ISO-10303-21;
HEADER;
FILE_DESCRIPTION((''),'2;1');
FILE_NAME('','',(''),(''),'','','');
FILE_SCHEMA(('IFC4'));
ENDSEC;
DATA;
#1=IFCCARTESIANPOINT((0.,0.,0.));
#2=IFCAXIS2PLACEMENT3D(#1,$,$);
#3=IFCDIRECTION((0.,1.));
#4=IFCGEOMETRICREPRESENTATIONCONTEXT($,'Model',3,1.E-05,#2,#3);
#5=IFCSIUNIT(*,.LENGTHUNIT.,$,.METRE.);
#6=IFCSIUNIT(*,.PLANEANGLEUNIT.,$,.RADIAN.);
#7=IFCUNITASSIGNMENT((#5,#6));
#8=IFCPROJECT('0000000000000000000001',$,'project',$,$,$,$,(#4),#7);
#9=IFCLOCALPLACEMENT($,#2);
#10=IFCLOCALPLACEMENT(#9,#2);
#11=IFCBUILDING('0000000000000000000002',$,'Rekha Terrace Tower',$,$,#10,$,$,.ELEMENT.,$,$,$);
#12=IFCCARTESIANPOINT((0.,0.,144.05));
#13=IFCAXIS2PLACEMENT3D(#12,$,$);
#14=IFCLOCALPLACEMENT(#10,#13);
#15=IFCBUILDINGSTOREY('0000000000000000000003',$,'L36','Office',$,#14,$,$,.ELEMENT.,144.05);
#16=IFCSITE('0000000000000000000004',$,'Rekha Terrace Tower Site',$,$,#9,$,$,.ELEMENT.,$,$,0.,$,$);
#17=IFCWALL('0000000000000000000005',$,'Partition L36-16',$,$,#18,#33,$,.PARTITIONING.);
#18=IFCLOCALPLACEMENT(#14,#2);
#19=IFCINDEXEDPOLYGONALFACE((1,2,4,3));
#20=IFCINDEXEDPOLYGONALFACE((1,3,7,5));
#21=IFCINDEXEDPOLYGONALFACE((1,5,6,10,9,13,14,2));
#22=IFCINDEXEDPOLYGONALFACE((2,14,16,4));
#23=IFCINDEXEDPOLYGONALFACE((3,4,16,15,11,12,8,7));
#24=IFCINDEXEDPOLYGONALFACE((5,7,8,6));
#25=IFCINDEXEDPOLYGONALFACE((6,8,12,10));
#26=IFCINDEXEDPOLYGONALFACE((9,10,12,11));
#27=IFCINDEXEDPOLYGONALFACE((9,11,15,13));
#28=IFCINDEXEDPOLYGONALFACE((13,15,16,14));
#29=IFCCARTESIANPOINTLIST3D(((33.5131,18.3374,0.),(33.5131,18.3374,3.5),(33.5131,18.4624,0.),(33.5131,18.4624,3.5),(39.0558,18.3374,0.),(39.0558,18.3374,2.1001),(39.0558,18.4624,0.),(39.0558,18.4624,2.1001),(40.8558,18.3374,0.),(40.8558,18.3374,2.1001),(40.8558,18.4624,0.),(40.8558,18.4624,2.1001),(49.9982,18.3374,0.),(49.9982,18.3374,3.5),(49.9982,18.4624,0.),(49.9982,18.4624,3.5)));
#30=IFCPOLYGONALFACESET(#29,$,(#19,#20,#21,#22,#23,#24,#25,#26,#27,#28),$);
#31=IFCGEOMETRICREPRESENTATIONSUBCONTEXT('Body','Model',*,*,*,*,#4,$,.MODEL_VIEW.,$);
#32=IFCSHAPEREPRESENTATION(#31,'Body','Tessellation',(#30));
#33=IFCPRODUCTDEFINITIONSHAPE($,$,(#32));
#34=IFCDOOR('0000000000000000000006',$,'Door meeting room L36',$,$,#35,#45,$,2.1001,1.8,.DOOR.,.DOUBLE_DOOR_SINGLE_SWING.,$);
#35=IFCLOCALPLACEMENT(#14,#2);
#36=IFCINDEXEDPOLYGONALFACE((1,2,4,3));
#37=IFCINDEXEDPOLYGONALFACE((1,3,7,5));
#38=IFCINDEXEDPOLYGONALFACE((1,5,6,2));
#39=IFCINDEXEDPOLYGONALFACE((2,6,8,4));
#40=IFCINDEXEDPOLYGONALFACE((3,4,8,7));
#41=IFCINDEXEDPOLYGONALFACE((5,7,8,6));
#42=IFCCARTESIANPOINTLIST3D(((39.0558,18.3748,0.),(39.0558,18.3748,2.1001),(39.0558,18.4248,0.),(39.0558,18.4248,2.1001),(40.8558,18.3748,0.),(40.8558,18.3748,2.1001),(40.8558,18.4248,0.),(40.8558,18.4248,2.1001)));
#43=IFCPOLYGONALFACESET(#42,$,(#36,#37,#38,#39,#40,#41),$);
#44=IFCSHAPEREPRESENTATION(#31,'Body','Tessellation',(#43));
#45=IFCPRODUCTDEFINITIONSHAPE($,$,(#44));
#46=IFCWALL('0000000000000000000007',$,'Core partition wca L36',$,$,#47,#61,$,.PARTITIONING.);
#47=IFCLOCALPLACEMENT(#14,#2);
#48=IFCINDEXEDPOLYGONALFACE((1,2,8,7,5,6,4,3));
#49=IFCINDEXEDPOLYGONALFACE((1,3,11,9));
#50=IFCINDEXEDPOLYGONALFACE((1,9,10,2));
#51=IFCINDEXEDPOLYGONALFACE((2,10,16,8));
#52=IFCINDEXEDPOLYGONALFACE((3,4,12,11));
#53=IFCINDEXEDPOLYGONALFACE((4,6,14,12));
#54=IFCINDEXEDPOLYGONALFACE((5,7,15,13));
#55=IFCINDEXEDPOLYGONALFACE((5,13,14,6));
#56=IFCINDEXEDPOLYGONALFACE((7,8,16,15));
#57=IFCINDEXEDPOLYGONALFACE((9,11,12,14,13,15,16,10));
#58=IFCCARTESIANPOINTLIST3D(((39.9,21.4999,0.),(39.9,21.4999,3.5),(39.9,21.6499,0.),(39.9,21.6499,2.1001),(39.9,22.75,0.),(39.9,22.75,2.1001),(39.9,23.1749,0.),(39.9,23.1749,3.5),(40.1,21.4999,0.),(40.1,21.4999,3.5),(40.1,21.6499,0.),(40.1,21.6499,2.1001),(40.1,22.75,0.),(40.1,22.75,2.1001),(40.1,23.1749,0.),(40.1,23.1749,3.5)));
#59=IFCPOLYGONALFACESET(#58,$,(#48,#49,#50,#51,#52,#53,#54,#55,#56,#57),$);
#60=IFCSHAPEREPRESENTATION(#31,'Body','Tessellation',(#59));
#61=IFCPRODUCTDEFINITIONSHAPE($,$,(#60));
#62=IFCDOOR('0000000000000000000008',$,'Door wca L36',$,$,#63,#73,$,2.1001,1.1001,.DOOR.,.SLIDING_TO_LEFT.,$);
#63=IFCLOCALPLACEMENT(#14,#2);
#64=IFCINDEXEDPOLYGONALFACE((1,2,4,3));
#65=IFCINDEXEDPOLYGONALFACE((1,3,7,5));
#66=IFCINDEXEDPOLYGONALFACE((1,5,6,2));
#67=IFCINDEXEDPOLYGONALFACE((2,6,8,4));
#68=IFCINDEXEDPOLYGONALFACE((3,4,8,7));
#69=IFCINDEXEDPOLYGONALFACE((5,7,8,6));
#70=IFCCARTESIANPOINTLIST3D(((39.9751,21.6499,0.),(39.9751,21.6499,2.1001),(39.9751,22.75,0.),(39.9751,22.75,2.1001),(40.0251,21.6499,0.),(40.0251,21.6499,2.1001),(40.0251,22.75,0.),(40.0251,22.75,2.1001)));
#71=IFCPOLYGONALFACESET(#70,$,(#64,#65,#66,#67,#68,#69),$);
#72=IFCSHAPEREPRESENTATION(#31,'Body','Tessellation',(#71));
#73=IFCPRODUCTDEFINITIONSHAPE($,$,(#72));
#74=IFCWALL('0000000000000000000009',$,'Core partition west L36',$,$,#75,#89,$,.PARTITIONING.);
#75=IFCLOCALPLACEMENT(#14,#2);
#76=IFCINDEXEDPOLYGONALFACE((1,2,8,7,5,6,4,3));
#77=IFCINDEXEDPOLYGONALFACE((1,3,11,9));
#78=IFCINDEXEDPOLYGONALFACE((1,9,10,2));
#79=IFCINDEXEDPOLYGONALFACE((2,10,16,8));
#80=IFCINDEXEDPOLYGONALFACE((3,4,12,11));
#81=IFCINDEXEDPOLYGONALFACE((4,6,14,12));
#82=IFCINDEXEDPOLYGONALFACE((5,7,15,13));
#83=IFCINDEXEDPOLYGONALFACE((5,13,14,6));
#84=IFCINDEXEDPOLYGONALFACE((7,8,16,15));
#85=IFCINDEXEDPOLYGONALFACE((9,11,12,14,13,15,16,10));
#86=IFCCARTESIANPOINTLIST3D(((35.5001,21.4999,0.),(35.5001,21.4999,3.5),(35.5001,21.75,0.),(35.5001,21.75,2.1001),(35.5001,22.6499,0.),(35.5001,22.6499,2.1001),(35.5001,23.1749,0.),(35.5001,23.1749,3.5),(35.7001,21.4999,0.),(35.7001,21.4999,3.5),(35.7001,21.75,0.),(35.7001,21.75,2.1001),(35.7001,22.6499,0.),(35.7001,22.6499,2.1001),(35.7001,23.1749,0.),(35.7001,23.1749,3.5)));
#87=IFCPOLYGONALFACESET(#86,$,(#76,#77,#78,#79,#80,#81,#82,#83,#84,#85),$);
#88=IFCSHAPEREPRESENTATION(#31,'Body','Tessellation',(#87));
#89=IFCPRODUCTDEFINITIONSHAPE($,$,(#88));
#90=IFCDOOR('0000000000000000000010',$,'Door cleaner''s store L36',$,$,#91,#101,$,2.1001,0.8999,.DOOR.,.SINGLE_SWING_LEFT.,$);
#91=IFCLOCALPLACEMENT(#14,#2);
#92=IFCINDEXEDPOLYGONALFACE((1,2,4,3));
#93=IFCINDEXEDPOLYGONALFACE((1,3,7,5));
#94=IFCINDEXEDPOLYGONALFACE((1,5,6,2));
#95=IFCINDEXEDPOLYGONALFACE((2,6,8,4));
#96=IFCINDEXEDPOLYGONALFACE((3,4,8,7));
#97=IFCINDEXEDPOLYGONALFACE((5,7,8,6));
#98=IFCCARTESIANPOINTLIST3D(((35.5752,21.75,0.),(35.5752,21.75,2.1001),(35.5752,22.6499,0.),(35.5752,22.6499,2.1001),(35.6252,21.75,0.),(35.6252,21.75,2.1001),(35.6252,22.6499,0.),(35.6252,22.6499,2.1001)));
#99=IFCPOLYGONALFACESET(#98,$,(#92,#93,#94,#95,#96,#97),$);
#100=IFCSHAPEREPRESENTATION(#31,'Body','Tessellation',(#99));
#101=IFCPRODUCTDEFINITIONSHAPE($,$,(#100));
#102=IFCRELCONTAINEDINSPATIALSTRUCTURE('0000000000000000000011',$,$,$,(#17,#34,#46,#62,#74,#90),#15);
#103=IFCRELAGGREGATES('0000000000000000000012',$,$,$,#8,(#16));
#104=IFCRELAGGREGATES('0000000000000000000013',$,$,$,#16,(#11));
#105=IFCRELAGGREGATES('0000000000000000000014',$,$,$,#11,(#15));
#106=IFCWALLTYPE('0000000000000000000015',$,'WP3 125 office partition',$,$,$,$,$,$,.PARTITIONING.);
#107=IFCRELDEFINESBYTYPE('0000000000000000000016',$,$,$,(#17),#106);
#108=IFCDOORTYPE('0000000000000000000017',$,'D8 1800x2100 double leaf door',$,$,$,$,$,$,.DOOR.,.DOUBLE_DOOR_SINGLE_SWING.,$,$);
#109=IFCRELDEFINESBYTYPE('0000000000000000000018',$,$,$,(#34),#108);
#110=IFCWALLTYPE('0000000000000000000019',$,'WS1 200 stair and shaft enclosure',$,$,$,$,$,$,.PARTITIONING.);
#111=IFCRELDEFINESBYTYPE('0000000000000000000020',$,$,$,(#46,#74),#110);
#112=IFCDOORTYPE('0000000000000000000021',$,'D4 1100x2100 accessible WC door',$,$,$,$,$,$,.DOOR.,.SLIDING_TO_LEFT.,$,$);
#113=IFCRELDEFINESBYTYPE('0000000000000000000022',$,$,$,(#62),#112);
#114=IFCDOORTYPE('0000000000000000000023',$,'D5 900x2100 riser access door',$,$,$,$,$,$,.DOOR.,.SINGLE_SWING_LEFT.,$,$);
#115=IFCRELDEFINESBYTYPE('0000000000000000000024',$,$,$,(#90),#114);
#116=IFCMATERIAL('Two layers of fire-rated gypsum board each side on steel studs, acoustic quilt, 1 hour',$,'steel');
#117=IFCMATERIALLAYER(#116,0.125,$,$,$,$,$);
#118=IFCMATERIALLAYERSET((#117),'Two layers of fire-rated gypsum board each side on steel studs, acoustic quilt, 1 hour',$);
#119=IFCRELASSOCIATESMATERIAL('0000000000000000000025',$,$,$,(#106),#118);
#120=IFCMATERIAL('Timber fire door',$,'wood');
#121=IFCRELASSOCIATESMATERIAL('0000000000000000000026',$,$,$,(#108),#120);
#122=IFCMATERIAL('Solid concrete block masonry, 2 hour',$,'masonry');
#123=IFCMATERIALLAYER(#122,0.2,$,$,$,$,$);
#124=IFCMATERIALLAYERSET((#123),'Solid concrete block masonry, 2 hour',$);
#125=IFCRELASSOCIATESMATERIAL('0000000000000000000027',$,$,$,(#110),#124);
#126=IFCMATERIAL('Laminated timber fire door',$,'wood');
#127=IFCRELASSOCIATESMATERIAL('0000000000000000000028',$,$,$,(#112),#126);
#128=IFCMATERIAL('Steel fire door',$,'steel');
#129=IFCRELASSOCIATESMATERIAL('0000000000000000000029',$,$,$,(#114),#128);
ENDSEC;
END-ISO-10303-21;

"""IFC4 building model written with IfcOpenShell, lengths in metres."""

from ifc_helpers import new_model, si_unit, direction, frame, frame_2d, origin, place, context, subcontext, project, spatial, rectangle, extrude, material, layer, layer_set, type_object, element, fill, save


model = new_model("IFC4")

# Units and contexts
model_context = context("Model", 3, precision=1e-05, world=origin(), true_north=direction((0.0, 1.0)))
body_context = subcontext(model_context, "Body", "Model", "MODEL_VIEW")
ifc_project = project(units=[si_unit("LENGTHUNIT", "METRE"), si_unit("PLANEANGLEUNIT", "RADIAN")], contexts=[model_context])

# Site, building, storey
site_placement = place(None, origin())
site = spatial("IfcSite", under=ifc_project, at=site_placement, Name="Rekha Terrace Tower Site", CompositionType="ELEMENT", RefElevation=0.0)
building_placement = place(site_placement, origin())
building = spatial("IfcBuilding", under=site, at=building_placement, Name="Rekha Terrace Tower", CompositionType="ELEMENT")
storey_placement = place(building_placement, frame((0.0, 0.0, 144.05)))
storey = spatial("IfcBuildingStorey", under=building, at=storey_placement, Name="L36", Description="Office", CompositionType="ELEMENT", Elevation=144.05)

# Shared definitions
ifc_material_1 = material(Name="Two layers of fire-rated gypsum board each side on steel studs, acoustic quilt, 1 hour", Category="steel")
ifc_layer_1 = layer(ifc_material_1, 0.125)
ifc_layer_set_1 = layer_set([ifc_layer_1], Name="Two layers of fire-rated gypsum board each side on steel studs, acoustic quilt, 1 hour")
wall_type_1 = type_object("IfcWallType", Name="WP3 125 office partition", PredefinedType="PARTITIONING", material=ifc_layer_set_1)

# Walls, openings, doors
wall_1_placement = place(storey_placement, frame((33.5129, 18.3999, 0.0), z_axis=(0.0, 0.0, 1.0), x_axis=(1.0, 0.0, 0.0)))
wall_1 = element("IfcWall", 1, at=wall_1_placement, inside=storey, type_object=wall_type_1, Name="Partition L36-16", PredefinedType="PARTITIONING", context=body_context, shape_type="SweptSolid", body=[
    extrude(rectangle(XDim=16.4851, YDim=0.125, at=frame_2d((8.2427, 0.0))), origin(), (0.0, 0.0, 1.0), 3.5),
])
opening_1_placement = place(wall_1_placement, frame((5.543, 0.0, 0.0)))
opening_1 = element("IfcOpeningElement", 2, at=opening_1_placement, cuts=wall_1, PredefinedType="OPENING", context=body_context, shape_type="SweptSolid", body=[
    extrude(rectangle(XDim=1.8, YDim=2.1001, at=frame_2d((0.8999, 1.05))), frame((0.0, 0.0725, 0.0), z_axis=(0.0, -1.0, 0.0), x_axis=(1.0, 0.0, 0.0)), (0.0, 0.0, 1.0), 0.145),
])
ifc_material_2 = material(Name="Timber fire door", Category="wood")
door_type_1 = type_object("IfcDoorType", Name="D8 1800x2100 double leaf door", OperationType="DOUBLE_DOOR_SINGLE_SWING", PredefinedType="DOOR", material=ifc_material_2)
door_1_placement = place(opening_1_placement, origin())
door_1 = element("IfcDoor", 3, at=door_1_placement, inside=storey, type_object=door_type_1, Name="Door meeting room L36", OperationType="DOUBLE_DOOR_SINGLE_SWING", OverallHeight=2.1001, OverallWidth=1.8, PredefinedType="DOOR", context=body_context, shape_type="SweptSolid", body=[
    extrude(rectangle(XDim=1.8, YDim=2.1001, at=frame_2d((0.8999, 1.05))), frame((0.0, 0.0249, 0.0), z_axis=(0.0, -1.0, 0.0), x_axis=(1.0, 0.0, 0.0)), (0.0, 0.0, 1.0), 0.05),
])
fill(opening_1, door_1)
ifc_material_3 = material(Name="Solid concrete block masonry, 2 hour", Category="masonry")
ifc_layer_2 = layer(ifc_material_3, 0.2)
ifc_layer_set_2 = layer_set([ifc_layer_2], Name="Solid concrete block masonry, 2 hour")
wall_type_2 = type_object("IfcWallType", Name="WS1 200 stair and shaft enclosure", PredefinedType="PARTITIONING", material=ifc_layer_set_2)
wall_2_placement = place(storey_placement, frame((40.0, 21.5, 0.0), z_axis=(0.0, 0.0, 1.0), x_axis=(0.0, 1.0, 0.0)))
wall_2 = element("IfcWall", 4, at=wall_2_placement, inside=storey, type_object=wall_type_2, Name="Core partition wca L36", PredefinedType="PARTITIONING", context=body_context, shape_type="SweptSolid", body=[
    extrude(rectangle(XDim=1.675, YDim=0.2, at=frame_2d((0.8374, 0.0))), origin(), (0.0, 0.0, 1.0), 3.5),
])
opening_2_placement = place(wall_2_placement, frame((0.1499, 0.0, 0.0)))
opening_2 = element("IfcOpeningElement", 5, at=opening_2_placement, cuts=wall_2, PredefinedType="OPENING", context=body_context, shape_type="SweptSolid", body=[
    extrude(rectangle(XDim=1.1001, YDim=2.1001, at=frame_2d((0.55, 1.05))), frame((0.0, 0.1099, 0.0), z_axis=(0.0, -1.0, 0.0), x_axis=(1.0, 0.0, 0.0)), (0.0, 0.0, 1.0), 0.22),
])
ifc_material_4 = material(Name="Laminated timber fire door", Category="wood")
door_type_2 = type_object("IfcDoorType", Name="D4 1100x2100 accessible WC door", OperationType="SLIDING_TO_LEFT", PredefinedType="DOOR", material=ifc_material_4)
door_2_placement = place(opening_2_placement, origin())
door_2 = element("IfcDoor", 6, at=door_2_placement, inside=storey, type_object=door_type_2, Name="Door wca L36", OperationType="SLIDING_TO_LEFT", OverallHeight=2.1001, OverallWidth=1.1001, PredefinedType="DOOR", context=body_context, shape_type="SweptSolid", body=[
    extrude(rectangle(XDim=1.1001, YDim=2.1001, at=frame_2d((0.55, 1.05))), frame((0.0, 0.0249, 0.0), z_axis=(0.0, -1.0, 0.0), x_axis=(1.0, 0.0, 0.0)), (0.0, 0.0, 1.0), 0.05),
])
fill(opening_2, door_2)
wall_3_placement = place(storey_placement, frame((35.6001, 21.5, 0.0), z_axis=(0.0, 0.0, 1.0), x_axis=(0.0, 1.0, 0.0)))
wall_3 = element("IfcWall", 7, at=wall_3_placement, inside=storey, type_object=wall_type_2, Name="Core partition west L36", PredefinedType="PARTITIONING", context=body_context, shape_type="SweptSolid", body=[
    extrude(rectangle(XDim=1.675, YDim=0.2, at=frame_2d((0.8374, 0.0))), origin(), (0.0, 0.0, 1.0), 3.5),
])
opening_3_placement = place(wall_3_placement, frame((0.25, 0.0, 0.0)))
opening_3 = element("IfcOpeningElement", 8, at=opening_3_placement, cuts=wall_3, PredefinedType="OPENING", context=body_context, shape_type="SweptSolid", body=[
    extrude(rectangle(XDim=0.8999, YDim=2.1001, at=frame_2d((0.45, 1.05))), frame((0.0, 0.1099, 0.0), z_axis=(0.0, -1.0, 0.0), x_axis=(1.0, 0.0, 0.0)), (0.0, 0.0, 1.0), 0.22),
])
ifc_material_5 = material(Name="Steel fire door", Category="steel")
door_type_3 = type_object("IfcDoorType", Name="D5 900x2100 riser access door", OperationType="SINGLE_SWING_LEFT", PredefinedType="DOOR", material=ifc_material_5)
door_3_placement = place(opening_3_placement, origin())
door_3 = element("IfcDoor", 9, at=door_3_placement, inside=storey, type_object=door_type_3, Name="Door cleaner's store L36", OperationType="SINGLE_SWING_LEFT", OverallHeight=2.1001, OverallWidth=0.8999, PredefinedType="DOOR", context=body_context, shape_type="SweptSolid", body=[
    extrude(rectangle(XDim=0.8999, YDim=2.1001, at=frame_2d((0.45, 1.05))), frame((0.0, 0.0249, 0.0), z_axis=(0.0, -1.0, 0.0), x_axis=(1.0, 0.0, 0.0)), (0.0, 0.0, 1.0), 0.05),
])
fill(opening_3, door_3)

save(model, "model.ifc")
